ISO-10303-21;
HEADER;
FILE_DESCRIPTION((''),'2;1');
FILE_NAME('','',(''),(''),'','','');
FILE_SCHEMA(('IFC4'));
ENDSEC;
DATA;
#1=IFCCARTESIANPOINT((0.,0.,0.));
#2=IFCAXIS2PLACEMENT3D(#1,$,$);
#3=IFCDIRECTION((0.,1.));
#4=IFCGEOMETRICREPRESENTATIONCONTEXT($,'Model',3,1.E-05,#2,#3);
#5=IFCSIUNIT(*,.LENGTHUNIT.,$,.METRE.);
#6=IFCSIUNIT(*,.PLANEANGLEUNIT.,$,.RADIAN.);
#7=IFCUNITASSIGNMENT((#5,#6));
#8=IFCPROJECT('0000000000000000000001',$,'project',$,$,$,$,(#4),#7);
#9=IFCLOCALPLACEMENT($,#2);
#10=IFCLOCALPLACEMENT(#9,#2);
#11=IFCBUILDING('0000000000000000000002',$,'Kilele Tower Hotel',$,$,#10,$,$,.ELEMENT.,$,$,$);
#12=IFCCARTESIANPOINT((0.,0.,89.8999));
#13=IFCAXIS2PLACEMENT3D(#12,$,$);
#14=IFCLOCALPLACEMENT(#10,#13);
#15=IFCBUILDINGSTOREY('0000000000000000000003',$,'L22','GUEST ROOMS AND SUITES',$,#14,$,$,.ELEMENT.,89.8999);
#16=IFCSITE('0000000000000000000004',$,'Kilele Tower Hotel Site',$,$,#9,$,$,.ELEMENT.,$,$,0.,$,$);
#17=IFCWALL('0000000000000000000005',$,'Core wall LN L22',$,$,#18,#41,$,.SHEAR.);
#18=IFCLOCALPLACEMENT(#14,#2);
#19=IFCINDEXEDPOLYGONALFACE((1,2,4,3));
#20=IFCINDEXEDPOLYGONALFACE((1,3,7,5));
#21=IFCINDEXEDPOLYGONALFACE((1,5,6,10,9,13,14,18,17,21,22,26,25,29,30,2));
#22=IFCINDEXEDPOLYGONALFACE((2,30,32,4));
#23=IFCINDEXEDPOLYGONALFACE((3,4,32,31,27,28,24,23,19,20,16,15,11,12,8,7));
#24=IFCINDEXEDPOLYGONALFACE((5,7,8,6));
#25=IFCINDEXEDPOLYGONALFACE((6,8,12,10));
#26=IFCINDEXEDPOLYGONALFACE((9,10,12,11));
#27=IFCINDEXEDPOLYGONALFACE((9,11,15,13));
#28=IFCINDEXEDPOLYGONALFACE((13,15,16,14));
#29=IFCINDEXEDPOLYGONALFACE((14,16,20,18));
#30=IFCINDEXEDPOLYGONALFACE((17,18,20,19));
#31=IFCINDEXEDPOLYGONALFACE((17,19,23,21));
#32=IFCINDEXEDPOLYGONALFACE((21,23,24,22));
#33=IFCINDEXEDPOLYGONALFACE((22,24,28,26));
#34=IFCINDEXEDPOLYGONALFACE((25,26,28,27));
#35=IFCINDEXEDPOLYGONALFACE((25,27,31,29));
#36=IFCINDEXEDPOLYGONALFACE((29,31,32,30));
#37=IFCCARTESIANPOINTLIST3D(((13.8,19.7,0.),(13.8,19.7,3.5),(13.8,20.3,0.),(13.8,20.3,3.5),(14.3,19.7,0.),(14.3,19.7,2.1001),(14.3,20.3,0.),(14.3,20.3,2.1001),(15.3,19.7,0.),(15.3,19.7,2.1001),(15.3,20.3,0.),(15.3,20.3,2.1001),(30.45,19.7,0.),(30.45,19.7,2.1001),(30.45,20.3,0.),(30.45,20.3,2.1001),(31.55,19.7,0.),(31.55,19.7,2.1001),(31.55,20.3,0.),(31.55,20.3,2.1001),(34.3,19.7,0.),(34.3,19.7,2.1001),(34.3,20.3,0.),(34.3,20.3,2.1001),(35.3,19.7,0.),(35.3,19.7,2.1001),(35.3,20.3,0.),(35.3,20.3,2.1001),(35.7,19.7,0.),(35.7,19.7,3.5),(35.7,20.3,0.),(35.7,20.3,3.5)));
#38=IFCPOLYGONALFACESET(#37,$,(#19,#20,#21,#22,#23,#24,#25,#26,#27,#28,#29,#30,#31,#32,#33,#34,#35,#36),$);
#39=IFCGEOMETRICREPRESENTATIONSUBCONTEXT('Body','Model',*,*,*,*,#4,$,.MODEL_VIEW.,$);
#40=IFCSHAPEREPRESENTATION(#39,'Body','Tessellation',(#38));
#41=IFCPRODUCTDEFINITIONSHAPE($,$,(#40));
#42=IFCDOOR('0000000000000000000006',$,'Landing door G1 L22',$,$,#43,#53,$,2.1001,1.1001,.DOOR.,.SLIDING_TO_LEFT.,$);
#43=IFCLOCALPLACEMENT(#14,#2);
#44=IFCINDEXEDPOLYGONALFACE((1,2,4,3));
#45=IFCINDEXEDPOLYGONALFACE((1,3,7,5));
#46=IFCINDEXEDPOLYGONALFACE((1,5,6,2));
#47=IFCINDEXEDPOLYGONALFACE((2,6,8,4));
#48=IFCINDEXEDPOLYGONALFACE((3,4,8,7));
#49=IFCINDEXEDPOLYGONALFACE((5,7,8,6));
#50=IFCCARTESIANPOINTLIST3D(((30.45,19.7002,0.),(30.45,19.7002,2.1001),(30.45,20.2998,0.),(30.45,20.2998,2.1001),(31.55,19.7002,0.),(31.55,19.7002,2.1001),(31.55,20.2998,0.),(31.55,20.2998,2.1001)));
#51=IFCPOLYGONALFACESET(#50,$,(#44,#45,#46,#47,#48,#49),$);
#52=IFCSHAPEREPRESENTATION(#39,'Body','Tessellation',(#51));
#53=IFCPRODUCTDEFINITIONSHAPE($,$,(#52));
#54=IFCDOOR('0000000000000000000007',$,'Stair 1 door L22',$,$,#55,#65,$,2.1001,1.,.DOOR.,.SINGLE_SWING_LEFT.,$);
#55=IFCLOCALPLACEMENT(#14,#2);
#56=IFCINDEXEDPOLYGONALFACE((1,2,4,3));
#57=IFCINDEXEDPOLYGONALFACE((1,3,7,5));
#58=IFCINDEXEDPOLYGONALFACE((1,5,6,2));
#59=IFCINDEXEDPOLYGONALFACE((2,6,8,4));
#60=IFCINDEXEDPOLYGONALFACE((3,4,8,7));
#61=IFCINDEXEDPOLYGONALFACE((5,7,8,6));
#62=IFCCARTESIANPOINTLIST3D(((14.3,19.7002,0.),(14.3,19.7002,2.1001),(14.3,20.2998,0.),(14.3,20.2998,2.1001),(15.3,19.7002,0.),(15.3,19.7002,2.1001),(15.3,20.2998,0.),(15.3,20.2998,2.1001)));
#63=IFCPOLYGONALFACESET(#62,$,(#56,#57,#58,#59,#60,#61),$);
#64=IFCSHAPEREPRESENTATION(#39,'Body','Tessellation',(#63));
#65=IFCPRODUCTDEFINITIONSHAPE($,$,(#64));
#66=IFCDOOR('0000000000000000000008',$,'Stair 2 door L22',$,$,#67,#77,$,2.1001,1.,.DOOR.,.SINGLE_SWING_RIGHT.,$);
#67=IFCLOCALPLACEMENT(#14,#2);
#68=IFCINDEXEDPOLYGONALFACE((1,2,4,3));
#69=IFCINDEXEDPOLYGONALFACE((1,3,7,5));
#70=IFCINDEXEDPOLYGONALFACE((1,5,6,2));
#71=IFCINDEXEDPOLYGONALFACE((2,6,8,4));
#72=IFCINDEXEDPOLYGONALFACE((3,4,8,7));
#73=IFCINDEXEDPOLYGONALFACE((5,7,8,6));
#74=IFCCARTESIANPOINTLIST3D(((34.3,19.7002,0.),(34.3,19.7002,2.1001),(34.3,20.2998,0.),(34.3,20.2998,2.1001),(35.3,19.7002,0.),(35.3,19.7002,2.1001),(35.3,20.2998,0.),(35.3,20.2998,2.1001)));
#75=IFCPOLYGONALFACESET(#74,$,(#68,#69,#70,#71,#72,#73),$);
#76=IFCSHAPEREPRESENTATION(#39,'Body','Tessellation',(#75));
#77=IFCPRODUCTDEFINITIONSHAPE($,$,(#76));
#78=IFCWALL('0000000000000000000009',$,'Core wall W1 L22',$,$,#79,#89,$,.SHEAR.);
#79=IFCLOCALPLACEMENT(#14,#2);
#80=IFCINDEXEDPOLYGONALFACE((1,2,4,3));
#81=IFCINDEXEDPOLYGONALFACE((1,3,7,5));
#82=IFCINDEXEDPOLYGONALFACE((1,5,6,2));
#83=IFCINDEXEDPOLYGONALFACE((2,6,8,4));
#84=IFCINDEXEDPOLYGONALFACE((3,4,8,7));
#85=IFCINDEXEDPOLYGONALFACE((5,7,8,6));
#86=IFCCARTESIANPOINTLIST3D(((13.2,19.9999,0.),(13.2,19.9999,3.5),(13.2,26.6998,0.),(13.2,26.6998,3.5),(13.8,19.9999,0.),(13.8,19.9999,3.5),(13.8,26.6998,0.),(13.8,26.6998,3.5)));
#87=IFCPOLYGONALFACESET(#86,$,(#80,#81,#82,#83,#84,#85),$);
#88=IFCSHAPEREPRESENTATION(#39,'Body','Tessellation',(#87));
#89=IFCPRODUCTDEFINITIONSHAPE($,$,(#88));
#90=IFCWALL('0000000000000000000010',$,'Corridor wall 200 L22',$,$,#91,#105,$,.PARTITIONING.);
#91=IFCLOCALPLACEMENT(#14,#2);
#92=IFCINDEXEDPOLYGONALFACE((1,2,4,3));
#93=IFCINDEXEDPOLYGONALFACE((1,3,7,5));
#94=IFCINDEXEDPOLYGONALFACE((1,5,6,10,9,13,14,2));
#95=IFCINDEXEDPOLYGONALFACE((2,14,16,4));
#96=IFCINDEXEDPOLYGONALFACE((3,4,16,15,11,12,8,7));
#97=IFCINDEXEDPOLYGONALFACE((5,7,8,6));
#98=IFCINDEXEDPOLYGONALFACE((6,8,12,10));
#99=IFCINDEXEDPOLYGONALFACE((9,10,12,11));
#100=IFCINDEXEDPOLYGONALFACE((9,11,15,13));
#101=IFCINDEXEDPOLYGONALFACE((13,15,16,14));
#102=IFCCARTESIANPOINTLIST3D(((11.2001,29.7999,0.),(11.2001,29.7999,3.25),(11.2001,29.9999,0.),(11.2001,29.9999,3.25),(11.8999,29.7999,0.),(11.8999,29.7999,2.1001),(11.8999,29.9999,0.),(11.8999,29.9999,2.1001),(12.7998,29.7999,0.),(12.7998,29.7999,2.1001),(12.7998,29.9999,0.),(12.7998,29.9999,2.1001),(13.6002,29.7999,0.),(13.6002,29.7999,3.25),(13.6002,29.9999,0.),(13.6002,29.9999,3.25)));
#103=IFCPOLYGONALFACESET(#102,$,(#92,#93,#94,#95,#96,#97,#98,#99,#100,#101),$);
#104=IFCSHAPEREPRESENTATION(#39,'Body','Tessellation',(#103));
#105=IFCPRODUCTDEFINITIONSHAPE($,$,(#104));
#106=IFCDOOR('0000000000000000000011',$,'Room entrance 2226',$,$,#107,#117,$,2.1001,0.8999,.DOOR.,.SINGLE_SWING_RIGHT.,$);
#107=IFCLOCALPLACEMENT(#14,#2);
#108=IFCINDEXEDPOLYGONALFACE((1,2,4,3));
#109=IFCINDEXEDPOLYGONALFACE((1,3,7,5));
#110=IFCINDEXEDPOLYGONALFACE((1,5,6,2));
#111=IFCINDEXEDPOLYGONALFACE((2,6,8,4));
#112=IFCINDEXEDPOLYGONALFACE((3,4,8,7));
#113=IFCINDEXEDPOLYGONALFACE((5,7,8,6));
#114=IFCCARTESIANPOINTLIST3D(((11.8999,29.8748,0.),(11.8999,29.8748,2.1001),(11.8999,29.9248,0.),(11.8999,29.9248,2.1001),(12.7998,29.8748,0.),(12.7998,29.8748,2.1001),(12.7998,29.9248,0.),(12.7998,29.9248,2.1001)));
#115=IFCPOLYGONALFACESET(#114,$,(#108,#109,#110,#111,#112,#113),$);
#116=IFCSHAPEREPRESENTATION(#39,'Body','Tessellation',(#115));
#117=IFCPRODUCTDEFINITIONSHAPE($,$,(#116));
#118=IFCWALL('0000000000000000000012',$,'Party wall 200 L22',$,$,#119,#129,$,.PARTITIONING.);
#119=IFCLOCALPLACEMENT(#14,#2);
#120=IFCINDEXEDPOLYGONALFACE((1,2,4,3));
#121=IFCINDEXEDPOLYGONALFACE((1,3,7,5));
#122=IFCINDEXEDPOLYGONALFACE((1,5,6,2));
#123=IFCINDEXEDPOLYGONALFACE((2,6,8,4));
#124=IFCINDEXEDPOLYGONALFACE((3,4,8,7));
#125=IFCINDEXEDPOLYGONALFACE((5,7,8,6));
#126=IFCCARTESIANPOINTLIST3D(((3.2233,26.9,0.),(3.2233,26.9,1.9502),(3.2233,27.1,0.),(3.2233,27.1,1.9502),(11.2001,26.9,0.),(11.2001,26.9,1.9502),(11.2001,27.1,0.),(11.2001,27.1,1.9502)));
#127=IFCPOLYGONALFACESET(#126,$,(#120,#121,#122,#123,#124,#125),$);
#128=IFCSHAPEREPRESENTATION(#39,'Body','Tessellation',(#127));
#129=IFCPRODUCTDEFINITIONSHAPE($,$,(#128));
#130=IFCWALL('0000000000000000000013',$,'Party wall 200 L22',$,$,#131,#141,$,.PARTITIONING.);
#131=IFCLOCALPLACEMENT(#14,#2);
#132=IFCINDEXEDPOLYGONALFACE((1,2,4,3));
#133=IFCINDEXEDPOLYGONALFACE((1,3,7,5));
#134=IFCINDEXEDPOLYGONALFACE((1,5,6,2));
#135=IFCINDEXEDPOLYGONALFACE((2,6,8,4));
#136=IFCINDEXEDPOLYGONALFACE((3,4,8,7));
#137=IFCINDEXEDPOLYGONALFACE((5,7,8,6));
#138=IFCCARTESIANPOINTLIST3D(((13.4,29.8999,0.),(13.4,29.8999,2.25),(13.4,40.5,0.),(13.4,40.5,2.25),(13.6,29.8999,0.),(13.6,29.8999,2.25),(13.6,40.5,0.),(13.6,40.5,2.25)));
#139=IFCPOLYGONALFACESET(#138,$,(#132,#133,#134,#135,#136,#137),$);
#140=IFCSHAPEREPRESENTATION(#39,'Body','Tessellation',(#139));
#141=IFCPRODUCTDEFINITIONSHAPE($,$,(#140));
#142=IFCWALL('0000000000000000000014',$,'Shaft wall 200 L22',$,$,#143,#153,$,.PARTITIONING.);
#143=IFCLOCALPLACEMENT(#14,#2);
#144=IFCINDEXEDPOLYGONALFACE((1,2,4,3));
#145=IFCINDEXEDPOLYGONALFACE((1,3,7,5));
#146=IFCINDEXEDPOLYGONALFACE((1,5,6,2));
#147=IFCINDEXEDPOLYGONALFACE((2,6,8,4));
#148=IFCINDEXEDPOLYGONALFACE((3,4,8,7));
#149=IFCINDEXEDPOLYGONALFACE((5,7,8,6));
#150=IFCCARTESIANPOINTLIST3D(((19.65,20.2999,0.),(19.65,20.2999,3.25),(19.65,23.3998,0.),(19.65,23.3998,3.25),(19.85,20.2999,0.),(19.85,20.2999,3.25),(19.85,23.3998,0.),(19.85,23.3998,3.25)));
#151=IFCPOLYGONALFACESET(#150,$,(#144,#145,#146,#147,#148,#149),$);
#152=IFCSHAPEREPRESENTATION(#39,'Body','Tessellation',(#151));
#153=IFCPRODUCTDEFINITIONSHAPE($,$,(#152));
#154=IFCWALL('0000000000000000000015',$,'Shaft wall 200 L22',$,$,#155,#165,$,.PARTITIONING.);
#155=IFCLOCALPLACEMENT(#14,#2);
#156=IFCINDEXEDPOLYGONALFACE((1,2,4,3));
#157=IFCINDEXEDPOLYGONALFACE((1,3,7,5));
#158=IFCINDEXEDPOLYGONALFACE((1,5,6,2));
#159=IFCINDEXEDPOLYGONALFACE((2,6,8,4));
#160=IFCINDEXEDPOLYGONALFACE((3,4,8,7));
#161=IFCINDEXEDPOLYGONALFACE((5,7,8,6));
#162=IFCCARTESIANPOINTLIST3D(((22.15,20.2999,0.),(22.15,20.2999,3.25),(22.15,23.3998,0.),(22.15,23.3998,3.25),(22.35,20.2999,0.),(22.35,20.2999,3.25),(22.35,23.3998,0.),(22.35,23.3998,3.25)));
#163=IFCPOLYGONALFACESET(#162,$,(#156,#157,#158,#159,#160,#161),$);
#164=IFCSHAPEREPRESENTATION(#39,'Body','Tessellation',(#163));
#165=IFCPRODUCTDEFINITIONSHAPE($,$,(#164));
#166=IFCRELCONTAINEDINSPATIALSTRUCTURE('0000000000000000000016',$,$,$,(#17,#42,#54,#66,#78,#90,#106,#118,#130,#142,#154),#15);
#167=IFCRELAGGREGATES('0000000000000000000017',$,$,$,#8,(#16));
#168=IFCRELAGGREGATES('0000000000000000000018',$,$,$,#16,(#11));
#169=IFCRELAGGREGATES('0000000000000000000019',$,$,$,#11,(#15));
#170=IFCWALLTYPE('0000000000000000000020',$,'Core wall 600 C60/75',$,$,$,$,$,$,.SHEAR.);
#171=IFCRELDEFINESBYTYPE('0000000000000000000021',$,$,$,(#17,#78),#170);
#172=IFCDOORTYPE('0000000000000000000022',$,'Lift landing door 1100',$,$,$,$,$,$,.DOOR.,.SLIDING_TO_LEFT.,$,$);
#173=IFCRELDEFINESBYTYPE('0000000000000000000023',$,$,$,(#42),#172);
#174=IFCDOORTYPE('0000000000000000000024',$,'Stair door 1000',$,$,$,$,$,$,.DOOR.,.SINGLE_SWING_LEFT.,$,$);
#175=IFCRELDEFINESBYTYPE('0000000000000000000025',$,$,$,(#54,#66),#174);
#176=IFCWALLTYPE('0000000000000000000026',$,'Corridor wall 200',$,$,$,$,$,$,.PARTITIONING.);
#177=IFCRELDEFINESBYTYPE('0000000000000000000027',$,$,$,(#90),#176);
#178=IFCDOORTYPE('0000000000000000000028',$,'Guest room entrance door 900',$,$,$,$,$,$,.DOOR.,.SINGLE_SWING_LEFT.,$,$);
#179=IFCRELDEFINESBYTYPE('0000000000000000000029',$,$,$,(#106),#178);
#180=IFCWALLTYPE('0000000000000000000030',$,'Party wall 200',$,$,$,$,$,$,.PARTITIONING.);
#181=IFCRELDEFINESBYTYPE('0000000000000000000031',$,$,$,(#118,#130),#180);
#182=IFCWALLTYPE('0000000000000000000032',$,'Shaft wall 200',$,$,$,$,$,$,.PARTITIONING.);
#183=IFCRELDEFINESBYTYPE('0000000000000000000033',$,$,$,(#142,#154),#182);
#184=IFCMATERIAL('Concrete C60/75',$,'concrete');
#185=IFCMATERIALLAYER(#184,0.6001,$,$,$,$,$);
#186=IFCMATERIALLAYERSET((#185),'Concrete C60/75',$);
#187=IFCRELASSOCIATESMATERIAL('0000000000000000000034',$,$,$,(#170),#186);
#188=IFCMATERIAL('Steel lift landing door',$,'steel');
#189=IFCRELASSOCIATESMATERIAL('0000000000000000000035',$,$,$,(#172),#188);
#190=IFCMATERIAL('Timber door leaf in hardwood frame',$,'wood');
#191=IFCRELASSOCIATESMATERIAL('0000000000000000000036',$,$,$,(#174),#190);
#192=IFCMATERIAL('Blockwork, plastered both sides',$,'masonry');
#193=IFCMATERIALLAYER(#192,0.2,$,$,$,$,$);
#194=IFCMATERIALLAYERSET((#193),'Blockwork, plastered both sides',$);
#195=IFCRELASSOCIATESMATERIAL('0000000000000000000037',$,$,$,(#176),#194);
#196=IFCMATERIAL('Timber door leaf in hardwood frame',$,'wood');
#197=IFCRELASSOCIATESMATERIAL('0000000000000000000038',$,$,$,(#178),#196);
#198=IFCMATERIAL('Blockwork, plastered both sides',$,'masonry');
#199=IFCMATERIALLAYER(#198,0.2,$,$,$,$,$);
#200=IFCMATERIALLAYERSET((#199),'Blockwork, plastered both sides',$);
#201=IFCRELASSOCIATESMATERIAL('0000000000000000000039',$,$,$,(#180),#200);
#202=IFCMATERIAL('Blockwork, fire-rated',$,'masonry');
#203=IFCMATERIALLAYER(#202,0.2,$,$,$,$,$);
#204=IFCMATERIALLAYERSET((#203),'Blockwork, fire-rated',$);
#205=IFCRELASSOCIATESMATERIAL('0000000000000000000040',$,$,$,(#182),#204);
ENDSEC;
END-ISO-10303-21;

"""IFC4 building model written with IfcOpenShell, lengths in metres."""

from ifc_helpers import new_model, si_unit, direction, frame, frame_2d, origin, place, context, subcontext, project, spatial, rectangle, extrude, material, layer, layer_set, type_object, element, fill, save


model = new_model("IFC4")

# Units and contexts
model_context = context("Model", 3, precision=1e-05, world=origin(), true_north=direction((0.0, 1.0)))
body_context = subcontext(model_context, "Body", "Model", "MODEL_VIEW")
ifc_project = project(units=[si_unit("LENGTHUNIT", "METRE"), si_unit("PLANEANGLEUNIT", "RADIAN")], contexts=[model_context])

# Site, building, storey
site_placement = place(None, origin())
site = spatial("IfcSite", under=ifc_project, at=site_placement, Name="Kilele Tower Hotel Site", CompositionType="ELEMENT", RefElevation=0.0)
building_placement = place(site_placement, origin())
building = spatial("IfcBuilding", under=site, at=building_placement, Name="Kilele Tower Hotel", CompositionType="ELEMENT")
storey_placement = place(building_placement, frame((0.0, 0.0, 89.8999)))
storey = spatial("IfcBuildingStorey", under=building, at=storey_placement, Name="L22", Description="GUEST ROOMS AND SUITES", CompositionType="ELEMENT", Elevation=89.8999)

# Wall, openings, doors
ifc_material_1 = material(Name="Concrete C60/75", Category="concrete")
ifc_layer_1 = layer(ifc_material_1, 0.6001)
ifc_layer_set_1 = layer_set([ifc_layer_1], Name="Concrete C60/75")
wall_type_1 = type_object("IfcWallType", Name="Core wall 600 C60/75", PredefinedType="SHEAR", material=ifc_layer_set_1)
wall_1_placement = place(storey_placement, frame((13.8, 20.0, 0.0), z_axis=(0.0, 0.0, 1.0), x_axis=(1.0, 0.0, 0.0)))
wall_1 = element("IfcWall", 1, at=wall_1_placement, inside=storey, type_object=wall_type_1, Name="Core wall LN L22", PredefinedType="SHEAR", context=body_context, shape_type="SweptSolid", body=[
    extrude(rectangle(XDim=21.8999, YDim=0.6001, at=frame_2d((10.95, 0.0))), origin(), (0.0, 0.0, 1.0), 3.5),
])
opening_1_placement = place(wall_1_placement, frame((0.5, 0.0, 0.0)))
opening_1 = element("IfcOpeningElement", 2, at=opening_1_placement, cuts=wall_1, PredefinedType="OPENING", context=body_context, shape_type="SweptSolid", body=[
    extrude(rectangle(XDim=1.0, YDim=2.1001, at=frame_2d((0.5, 1.05))), frame((0.0, 0.3101, 0.0), z_axis=(0.0, -1.0, 0.0), x_axis=(1.0, 0.0, 0.0)), (0.0, 0.0, 1.0), 0.6201),
])
opening_2_placement = place(wall_1_placement, frame((20.5, 0.0, 0.0)))
opening_2 = element("IfcOpeningElement", 3, at=opening_2_placement, cuts=wall_1, PredefinedType="OPENING", context=body_context, shape_type="SweptSolid", body=[
    extrude(rectangle(XDim=1.0, YDim=2.1001, at=frame_2d((0.5, 1.05))), frame((0.0, 0.3101, 0.0), z_axis=(0.0, -1.0, 0.0), x_axis=(1.0, 0.0, 0.0)), (0.0, 0.0, 1.0), 0.6201),
])
opening_3_placement = place(wall_1_placement, frame((16.6499, 0.0, 0.0)))
opening_3 = element("IfcOpeningElement", 4, at=opening_3_placement, cuts=wall_1, PredefinedType="OPENING", context=body_context, shape_type="SweptSolid", body=[
    extrude(rectangle(XDim=1.1001, YDim=2.1001, at=frame_2d((0.55, 1.05))), frame((0.0, 0.3101, 0.0), z_axis=(0.0, -1.0, 0.0), x_axis=(1.0, 0.0, 0.0)), (0.0, 0.0, 1.0), 0.6201),
])
ifc_material_2 = material(Name="Steel lift landing door", Category="steel")
door_type_1 = type_object("IfcDoorType", Name="Lift landing door 1100", OperationType="SLIDING_TO_LEFT", PredefinedType="DOOR", material=ifc_material_2)
door_1_placement = place(opening_3_placement, origin())
door_1 = element("IfcDoor", 5, at=door_1_placement, inside=storey, type_object=door_type_1, Name="Landing door G1 L22", OperationType="SLIDING_TO_LEFT", OverallHeight=2.1001, OverallWidth=1.1001, PredefinedType="DOOR", context=body_context, shape_type="SweptSolid", body=[
    extrude(rectangle(XDim=1.1001, YDim=2.1001, at=frame_2d((0.55, 1.05))), frame((0.0, 0.2998, 0.0), z_axis=(0.0, -1.0, 0.0), x_axis=(1.0, 0.0, 0.0)), (0.0, 0.0, 1.0), 0.5996),
])
fill(opening_3, door_1)
ifc_material_3 = material(Name="Timber door leaf in hardwood frame", Category="wood")
door_type_2 = type_object("IfcDoorType", Name="Stair door 1000", OperationType="SINGLE_SWING_LEFT", PredefinedType="DOOR", material=ifc_material_3)
door_2_placement = place(opening_1_placement, origin())
door_2 = element("IfcDoor", 6, at=door_2_placement, inside=storey, type_object=door_type_2, Name="Stair 1 door L22", OperationType="SINGLE_SWING_LEFT", OverallHeight=2.1001, OverallWidth=1.0, PredefinedType="DOOR", context=body_context, shape_type="SweptSolid", body=[
    extrude(rectangle(XDim=1.0, YDim=2.1001, at=frame_2d((0.5, 1.05))), frame((0.0, 0.2998, 0.0), z_axis=(0.0, -1.0, 0.0), x_axis=(1.0, 0.0, 0.0)), (0.0, 0.0, 1.0), 0.5996),
])
fill(opening_1, door_2)
door_3_placement = place(opening_2_placement, origin())
door_3 = element("IfcDoor", 7, at=door_3_placement, inside=storey, type_object=door_type_2, Name="Stair 2 door L22", OperationType="SINGLE_SWING_RIGHT", OverallHeight=2.1001, OverallWidth=1.0, PredefinedType="DOOR", context=body_context, shape_type="SweptSolid", body=[
    extrude(rectangle(XDim=1.0, YDim=2.1001, at=frame_2d((0.5, 1.05))), frame((0.0, 0.2998, 0.0), z_axis=(0.0, -1.0, 0.0), x_axis=(1.0, 0.0, 0.0)), (0.0, 0.0, 1.0), 0.5996),
])
fill(opening_2, door_3)

# Wall
wall_2_placement = place(storey_placement, frame((13.5, 26.7, 0.0), z_axis=(0.0, 0.0, 1.0), x_axis=(0.0, -1.0, 0.0)))
element("IfcWall", 8, at=wall_2_placement, inside=storey, type_object=wall_type_1, Name="Core wall W1 L22", PredefinedType="SHEAR", context=body_context, shape_type="SweptSolid", body=[
    extrude(rectangle(XDim=6.7, YDim=0.6001, at=frame_2d((3.3501, 0.0))), origin(), (0.0, 0.0, 1.0), 3.5),
])

# Wall, opening, door
ifc_material_4 = material(Name="Blockwork, plastered both sides", Category="masonry")
ifc_layer_2 = layer(ifc_material_4, 0.2)
ifc_layer_set_2 = layer_set([ifc_layer_2], Name="Blockwork, plastered both sides")
wall_type_2 = type_object("IfcWallType", Name="Corridor wall 200", PredefinedType="PARTITIONING", material=ifc_layer_set_2)
wall_3_placement = place(storey_placement, frame((11.2, 29.8999, 0.0), z_axis=(0.0, 0.0, 1.0), x_axis=(1.0, 0.0, 0.0)))
wall_3 = element("IfcWall", 9, at=wall_3_placement, inside=storey, type_object=wall_type_2, Name="Corridor wall 200 L22", PredefinedType="PARTITIONING", context=body_context, shape_type="SweptSolid", body=[
    extrude(rectangle(XDim=2.4001, YDim=0.2, at=frame_2d((1.2002, 0.0))), origin(), (0.0, 0.0, 1.0), 3.25),
])
opening_4_placement = place(wall_3_placement, frame((0.7, 0.0, 0.0)))
opening_4 = element("IfcOpeningElement", 10, at=opening_4_placement, cuts=wall_3, PredefinedType="OPENING", context=body_context, shape_type="SweptSolid", body=[
    extrude(rectangle(XDim=0.8999, YDim=2.1001, at=frame_2d((0.45, 1.05))), frame((0.0, 0.1099, 0.0), z_axis=(0.0, -1.0, 0.0), x_axis=(1.0, 0.0, 0.0)), (0.0, 0.0, 1.0), 0.22),
])
ifc_material_5 = material(Name="Timber door leaf in hardwood frame", Category="wood")
door_type_3 = type_object("IfcDoorType", Name="Guest room entrance door 900", OperationType="SINGLE_SWING_LEFT", PredefinedType="DOOR", material=ifc_material_5)
door_4_placement = place(opening_4_placement, origin())
door_4 = element("IfcDoor", 11, at=door_4_placement, inside=storey, type_object=door_type_3, Name="Room entrance 2226", OperationType="SINGLE_SWING_RIGHT", OverallHeight=2.1001, OverallWidth=0.8999, PredefinedType="DOOR", context=body_context, shape_type="SweptSolid", body=[
    extrude(rectangle(XDim=0.8999, YDim=2.1001, at=frame_2d((0.45, 1.05))), frame((0.0, 0.0249, 0.0), z_axis=(0.0, -1.0, 0.0), x_axis=(1.0, 0.0, 0.0)), (0.0, 0.0, 1.0), 0.05),
])
fill(opening_4, door_4)

# Walls
ifc_material_6 = material(Name="Blockwork, plastered both sides", Category="masonry")
ifc_layer_3 = layer(ifc_material_6, 0.2)
ifc_layer_set_3 = layer_set([ifc_layer_3], Name="Blockwork, plastered both sides")
wall_type_3 = type_object("IfcWallType", Name="Party wall 200", PredefinedType="PARTITIONING", material=ifc_layer_set_3)
wall_4_placement = place(storey_placement, frame((11.2, 27.0, 0.0), z_axis=(0.0, 0.0, 1.0), x_axis=(-1.0, 0.0, 0.0)))
element("IfcWall", 12, at=wall_4_placement, inside=storey, type_object=wall_type_3, Name="Party wall 200 L22", PredefinedType="PARTITIONING", context=body_context, shape_type="SweptSolid", body=[
    extrude(rectangle(XDim=7.9768, YDim=0.2, at=frame_2d((3.9883, 0.0))), origin(), (0.0, 0.0, 1.0), 1.9502),
])
wall_5_placement = place(storey_placement, frame((13.5, 29.8999, 0.0), z_axis=(0.0, 0.0, 1.0), x_axis=(0.0, 1.0, 0.0)))
element("IfcWall", 13, at=wall_5_placement, inside=storey, type_object=wall_type_3, Name="Party wall 200 L22", PredefinedType="PARTITIONING", context=body_context, shape_type="SweptSolid", body=[
    extrude(rectangle(XDim=10.6001, YDim=0.2, at=frame_2d((5.3, 0.0))), origin(), (0.0, 0.0, 1.0), 2.25),
])
ifc_material_7 = material(Name="Blockwork, fire-rated", Category="masonry")
ifc_layer_4 = layer(ifc_material_7, 0.2)
ifc_layer_set_4 = layer_set([ifc_layer_4], Name="Blockwork, fire-rated")
wall_type_4 = type_object("IfcWallType", Name="Shaft wall 200", PredefinedType="PARTITIONING", material=ifc_layer_set_4)
for number, where, z_axis, x_axis, name in (
    (14, (19.75, 20.3, 0.0), (0.0, 0.0, 1.0), (0.0, 1.0, 0.0), "Shaft wall 200 L22"),
    (15, (22.25, 20.3, 0.0), (0.0, 0.0, 1.0), (0.0, 1.0, 0.0), "Shaft wall 200 L22"),
):
    element("IfcWall", number, at=place(storey_placement, frame(where, z_axis=z_axis, x_axis=x_axis)), inside=storey, type_object=wall_type_4, Name=name, PredefinedType="PARTITIONING", context=body_context, shape_type="SweptSolid", body=[
        extrude(rectangle(XDim=3.0999, YDim=0.2, at=frame_2d((1.5498, 0.0))), origin(), (0.0, 0.0, 1.0), 3.25),
    ])

save(model, "model.ifc")
